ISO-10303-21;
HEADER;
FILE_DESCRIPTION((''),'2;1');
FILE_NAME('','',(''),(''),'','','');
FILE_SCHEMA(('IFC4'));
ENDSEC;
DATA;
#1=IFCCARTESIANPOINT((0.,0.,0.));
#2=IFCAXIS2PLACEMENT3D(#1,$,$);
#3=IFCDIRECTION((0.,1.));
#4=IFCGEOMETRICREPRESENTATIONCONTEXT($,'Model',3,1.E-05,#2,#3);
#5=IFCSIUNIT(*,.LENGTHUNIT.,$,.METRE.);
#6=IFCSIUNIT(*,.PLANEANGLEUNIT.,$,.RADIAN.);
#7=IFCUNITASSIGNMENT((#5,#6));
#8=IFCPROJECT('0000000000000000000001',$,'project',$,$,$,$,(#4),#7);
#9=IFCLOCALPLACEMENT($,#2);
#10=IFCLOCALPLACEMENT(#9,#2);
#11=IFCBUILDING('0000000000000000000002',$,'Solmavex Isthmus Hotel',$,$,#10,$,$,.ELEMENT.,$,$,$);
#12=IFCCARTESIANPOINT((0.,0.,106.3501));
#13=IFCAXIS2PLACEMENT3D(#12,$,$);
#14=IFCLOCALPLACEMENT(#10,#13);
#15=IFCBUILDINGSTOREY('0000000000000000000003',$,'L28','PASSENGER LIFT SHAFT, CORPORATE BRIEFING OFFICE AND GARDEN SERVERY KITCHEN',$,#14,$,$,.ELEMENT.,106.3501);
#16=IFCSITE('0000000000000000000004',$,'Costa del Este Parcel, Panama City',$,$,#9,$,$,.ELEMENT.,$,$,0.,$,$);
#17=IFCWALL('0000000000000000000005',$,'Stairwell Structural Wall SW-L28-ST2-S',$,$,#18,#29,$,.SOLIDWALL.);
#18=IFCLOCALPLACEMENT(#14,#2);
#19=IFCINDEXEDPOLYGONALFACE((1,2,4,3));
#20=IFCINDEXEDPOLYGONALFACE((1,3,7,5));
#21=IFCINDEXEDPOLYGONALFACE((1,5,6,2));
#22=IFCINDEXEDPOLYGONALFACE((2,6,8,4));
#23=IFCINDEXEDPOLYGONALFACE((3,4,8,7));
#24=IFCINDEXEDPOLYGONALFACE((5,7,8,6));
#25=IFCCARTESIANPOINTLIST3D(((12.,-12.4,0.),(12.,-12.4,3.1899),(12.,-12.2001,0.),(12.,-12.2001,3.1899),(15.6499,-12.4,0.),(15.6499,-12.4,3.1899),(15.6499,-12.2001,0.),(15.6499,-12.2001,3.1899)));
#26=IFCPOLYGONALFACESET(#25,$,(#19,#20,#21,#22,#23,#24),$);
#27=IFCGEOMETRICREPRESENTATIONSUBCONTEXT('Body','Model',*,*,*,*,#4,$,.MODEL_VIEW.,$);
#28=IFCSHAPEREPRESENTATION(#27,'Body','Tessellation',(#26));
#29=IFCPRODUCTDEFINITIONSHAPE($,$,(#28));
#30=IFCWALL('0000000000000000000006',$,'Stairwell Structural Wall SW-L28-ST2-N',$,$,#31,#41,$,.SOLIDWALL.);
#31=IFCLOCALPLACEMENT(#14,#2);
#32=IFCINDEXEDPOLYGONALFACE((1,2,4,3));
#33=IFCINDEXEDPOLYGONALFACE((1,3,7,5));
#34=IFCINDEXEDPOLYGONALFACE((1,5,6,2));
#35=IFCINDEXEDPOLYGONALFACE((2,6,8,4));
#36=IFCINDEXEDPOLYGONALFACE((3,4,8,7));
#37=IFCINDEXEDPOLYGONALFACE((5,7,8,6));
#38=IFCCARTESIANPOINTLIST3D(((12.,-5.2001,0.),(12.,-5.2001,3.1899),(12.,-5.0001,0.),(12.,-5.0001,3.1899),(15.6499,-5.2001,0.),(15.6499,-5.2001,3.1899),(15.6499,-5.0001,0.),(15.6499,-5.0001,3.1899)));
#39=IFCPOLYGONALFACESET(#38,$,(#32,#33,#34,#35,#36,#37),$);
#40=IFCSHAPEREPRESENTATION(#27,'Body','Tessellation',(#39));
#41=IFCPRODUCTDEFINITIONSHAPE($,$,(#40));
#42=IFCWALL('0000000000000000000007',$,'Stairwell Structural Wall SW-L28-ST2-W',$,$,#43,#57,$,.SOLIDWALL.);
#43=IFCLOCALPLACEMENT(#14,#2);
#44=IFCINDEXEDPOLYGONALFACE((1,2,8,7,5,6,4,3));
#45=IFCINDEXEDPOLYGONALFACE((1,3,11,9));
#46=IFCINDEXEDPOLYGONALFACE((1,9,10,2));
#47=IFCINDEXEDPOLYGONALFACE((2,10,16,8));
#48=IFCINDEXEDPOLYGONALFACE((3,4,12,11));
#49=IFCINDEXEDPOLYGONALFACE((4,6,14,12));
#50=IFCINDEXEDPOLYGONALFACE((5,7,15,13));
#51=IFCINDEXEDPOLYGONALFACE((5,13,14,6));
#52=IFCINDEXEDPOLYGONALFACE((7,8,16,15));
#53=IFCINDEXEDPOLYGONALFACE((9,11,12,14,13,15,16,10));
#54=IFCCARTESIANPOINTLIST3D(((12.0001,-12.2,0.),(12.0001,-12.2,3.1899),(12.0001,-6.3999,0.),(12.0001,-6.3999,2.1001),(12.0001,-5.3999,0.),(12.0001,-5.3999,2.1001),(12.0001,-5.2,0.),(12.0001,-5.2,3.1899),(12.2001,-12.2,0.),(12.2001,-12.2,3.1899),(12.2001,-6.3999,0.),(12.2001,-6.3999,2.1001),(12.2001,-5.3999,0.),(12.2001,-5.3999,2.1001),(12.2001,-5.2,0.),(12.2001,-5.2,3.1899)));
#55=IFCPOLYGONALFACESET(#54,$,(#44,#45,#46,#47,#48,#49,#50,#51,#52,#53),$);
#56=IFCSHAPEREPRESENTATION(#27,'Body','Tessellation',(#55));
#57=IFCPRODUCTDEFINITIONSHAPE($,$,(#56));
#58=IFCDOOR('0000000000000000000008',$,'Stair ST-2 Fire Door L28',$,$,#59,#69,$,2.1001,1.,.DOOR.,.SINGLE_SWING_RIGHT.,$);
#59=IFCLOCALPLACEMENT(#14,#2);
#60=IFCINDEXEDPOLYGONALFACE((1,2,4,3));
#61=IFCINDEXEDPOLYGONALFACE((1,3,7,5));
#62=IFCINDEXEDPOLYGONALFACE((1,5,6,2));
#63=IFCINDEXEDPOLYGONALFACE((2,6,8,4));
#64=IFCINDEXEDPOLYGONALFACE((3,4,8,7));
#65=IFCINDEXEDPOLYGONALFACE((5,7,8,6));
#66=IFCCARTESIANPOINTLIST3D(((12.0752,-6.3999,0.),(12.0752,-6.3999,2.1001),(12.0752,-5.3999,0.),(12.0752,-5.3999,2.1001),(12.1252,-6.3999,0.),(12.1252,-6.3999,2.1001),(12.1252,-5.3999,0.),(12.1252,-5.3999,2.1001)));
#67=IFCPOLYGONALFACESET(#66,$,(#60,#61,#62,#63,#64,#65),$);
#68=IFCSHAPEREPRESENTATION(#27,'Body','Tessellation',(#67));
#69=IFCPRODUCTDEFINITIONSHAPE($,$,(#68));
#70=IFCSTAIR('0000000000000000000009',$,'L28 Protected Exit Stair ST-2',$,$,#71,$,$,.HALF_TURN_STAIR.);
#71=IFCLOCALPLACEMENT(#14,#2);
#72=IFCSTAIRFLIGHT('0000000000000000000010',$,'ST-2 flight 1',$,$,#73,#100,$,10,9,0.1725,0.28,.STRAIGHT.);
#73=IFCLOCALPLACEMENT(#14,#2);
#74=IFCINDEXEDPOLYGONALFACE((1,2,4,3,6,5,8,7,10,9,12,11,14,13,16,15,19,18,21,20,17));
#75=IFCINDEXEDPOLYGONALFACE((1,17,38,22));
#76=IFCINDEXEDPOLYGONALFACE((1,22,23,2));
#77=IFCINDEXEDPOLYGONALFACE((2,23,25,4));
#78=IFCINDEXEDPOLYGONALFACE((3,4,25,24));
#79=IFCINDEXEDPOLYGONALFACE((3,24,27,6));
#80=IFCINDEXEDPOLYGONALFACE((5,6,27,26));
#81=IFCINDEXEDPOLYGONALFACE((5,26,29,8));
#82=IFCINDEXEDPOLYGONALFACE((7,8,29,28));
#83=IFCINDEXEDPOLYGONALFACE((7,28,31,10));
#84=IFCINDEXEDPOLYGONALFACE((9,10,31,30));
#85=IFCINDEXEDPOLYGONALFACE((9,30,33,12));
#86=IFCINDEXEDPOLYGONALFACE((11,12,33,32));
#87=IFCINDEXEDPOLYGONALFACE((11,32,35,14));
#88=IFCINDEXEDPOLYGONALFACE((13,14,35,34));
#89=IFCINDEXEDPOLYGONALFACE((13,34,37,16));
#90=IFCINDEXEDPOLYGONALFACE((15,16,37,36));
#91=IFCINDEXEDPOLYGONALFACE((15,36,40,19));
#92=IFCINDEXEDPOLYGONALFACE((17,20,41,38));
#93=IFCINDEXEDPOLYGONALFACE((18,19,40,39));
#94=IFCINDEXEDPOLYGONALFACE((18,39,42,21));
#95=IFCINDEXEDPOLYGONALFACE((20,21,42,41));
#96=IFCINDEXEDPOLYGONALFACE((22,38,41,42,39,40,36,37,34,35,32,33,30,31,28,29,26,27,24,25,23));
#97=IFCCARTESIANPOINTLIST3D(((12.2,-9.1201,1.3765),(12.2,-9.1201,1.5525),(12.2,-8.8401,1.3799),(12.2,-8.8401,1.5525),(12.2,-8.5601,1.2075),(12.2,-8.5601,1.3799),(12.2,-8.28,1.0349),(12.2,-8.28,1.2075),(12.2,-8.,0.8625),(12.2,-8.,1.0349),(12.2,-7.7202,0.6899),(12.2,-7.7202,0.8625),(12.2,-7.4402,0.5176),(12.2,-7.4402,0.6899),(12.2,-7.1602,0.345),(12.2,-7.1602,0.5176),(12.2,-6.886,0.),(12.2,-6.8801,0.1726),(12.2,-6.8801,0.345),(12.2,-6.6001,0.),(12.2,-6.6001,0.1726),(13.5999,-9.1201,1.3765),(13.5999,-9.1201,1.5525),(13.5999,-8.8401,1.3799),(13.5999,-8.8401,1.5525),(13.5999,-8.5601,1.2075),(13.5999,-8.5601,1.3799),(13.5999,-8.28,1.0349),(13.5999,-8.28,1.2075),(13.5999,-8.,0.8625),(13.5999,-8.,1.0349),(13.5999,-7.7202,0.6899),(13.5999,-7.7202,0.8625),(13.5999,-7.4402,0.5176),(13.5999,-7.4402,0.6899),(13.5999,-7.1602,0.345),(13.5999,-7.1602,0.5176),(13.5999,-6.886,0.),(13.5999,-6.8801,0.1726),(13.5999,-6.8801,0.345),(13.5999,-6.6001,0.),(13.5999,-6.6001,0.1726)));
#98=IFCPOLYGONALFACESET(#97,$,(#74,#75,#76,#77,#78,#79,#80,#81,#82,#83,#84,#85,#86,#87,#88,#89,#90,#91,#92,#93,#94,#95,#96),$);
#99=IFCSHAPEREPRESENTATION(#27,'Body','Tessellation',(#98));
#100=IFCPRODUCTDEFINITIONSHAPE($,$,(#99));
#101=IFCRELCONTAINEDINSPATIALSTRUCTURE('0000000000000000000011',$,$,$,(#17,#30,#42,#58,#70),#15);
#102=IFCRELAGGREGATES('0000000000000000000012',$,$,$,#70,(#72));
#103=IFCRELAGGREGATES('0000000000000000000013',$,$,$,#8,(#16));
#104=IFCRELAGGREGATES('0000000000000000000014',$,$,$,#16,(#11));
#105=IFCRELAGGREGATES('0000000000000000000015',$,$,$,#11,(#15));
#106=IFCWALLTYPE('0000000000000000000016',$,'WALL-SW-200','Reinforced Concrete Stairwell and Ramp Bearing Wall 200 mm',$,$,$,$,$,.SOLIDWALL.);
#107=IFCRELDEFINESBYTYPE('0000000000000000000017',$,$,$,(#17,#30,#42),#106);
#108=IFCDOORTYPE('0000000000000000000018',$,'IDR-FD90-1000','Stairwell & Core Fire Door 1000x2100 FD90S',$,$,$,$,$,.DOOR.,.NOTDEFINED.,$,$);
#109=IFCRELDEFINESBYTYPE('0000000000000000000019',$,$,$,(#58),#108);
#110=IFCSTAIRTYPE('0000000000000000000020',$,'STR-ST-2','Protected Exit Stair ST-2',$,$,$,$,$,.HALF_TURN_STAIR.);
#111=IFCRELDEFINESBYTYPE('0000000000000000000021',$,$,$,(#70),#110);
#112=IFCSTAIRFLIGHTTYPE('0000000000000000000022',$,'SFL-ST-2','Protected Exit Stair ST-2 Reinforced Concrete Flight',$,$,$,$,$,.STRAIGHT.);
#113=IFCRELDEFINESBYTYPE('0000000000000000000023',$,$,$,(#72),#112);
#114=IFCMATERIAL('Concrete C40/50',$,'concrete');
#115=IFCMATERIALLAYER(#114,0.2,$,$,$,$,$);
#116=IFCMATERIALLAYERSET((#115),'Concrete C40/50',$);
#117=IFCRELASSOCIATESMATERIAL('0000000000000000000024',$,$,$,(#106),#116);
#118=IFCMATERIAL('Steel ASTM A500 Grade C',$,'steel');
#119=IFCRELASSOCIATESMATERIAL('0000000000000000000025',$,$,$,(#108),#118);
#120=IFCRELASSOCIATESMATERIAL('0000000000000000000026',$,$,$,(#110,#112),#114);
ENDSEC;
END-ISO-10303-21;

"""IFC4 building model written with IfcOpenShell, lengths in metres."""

from ifc_helpers import new_model, si_unit, direction, frame, frame_2d, origin, place, context, subcontext, project, spatial, polyline, rectangle, outline, extrude, material, layer, layer_set, type_object, element, fill, aggregate, save


model = new_model("IFC4")

# Units and contexts
model_context = context("Model", 3, precision=1e-05, world=origin(), true_north=direction((0.0, 1.0)))
body_context = subcontext(model_context, "Body", "Model", "MODEL_VIEW")
ifc_project = project(units=[si_unit("LENGTHUNIT", "METRE"), si_unit("PLANEANGLEUNIT", "RADIAN")], contexts=[model_context])

# Site, building, storey
site_placement = place(None, origin())
site = spatial("IfcSite", under=ifc_project, at=site_placement, Name="Costa del Este Parcel, Panama City", CompositionType="ELEMENT", RefElevation=0.0)
building_placement = place(site_placement, origin())
building = spatial("IfcBuilding", under=site, at=building_placement, Name="Solmavex Isthmus Hotel", CompositionType="ELEMENT")
storey_placement = place(building_placement, frame((0.0, 0.0, 106.3501)))
storey = spatial("IfcBuildingStorey", under=building, at=storey_placement, Name="L28", Description="PASSENGER LIFT SHAFT, CORPORATE BRIEFING OFFICE AND GARDEN SERVERY KITCHEN", CompositionType="ELEMENT", Elevation=106.3501)

# Shared definitions
ifc_material_1 = material(Name="Steel ASTM A500 Grade C", Category="steel")

# Shared definitions
ifc_material_2 = material(Name="Concrete C40/50", Category="concrete")

# Walls
ifc_layer_1 = layer(ifc_material_2, 0.2)
ifc_layer_set_1 = layer_set([ifc_layer_1], Name="Concrete C40/50")
wall_type_1 = type_object("IfcWallType", Name="WALL-SW-200", Description="Reinforced Concrete Stairwell and Ramp Bearing Wall 200 mm", PredefinedType="SOLIDWALL", material=ifc_layer_set_1)
for number, where, z_axis, x_axis, name in (
    (1, (12.0, -12.3, 0.0), (0.0, 0.0, 1.0), (1.0, 0.0, 0.0), "Stairwell Structural Wall SW-L28-ST2-S"),
    (2, (12.0, -5.1001, 0.0), (0.0, 0.0, 1.0), (1.0, 0.0, 0.0), "Stairwell Structural Wall SW-L28-ST2-N"),
):
    element("IfcWall", number, at=place(storey_placement, frame(where, z_axis=z_axis, x_axis=x_axis)), inside=storey, type_object=wall_type_1, Name=name, PredefinedType="SOLIDWALL", context=body_context, shape_type="SweptSolid", body=[
        extrude(rectangle(XDim=3.6499, YDim=0.2, at=frame_2d((1.825, 0.0))), origin(), (0.0, 0.0, 1.0), 3.1899),
    ])

# Wall, opening, door
wall_1_placement = place(storey_placement, frame((12.1001, -12.2, 0.0), z_axis=(0.0, 0.0, 1.0), x_axis=(0.0, 1.0, 0.0)))
wall_1 = element("IfcWall", 3, at=wall_1_placement, inside=storey, type_object=wall_type_1, Name="Stairwell Structural Wall SW-L28-ST2-W", PredefinedType="SOLIDWALL", context=body_context, shape_type="SweptSolid", body=[
    extrude(rectangle(XDim=7.0, YDim=0.2, at=frame_2d((3.5, 0.0))), origin(), (0.0, 0.0, 1.0), 3.1899),
])
opening_1_placement = place(wall_1_placement, frame((5.8, 0.0, 0.0)))
opening_1 = element("IfcOpeningElement", 4, at=opening_1_placement, cuts=wall_1, PredefinedType="OPENING", context=body_context, shape_type="SweptSolid", body=[
    extrude(rectangle(XDim=1.0, YDim=2.1001, at=frame_2d((0.5, 1.05))), frame((0.0, 0.1099, 0.0), z_axis=(0.0, -1.0, 0.0), x_axis=(1.0, 0.0, 0.0)), (0.0, 0.0, 1.0), 0.22),
])
door_type_1 = type_object("IfcDoorType", Name="IDR-FD90-1000", Description="Stairwell & Core Fire Door 1000x2100 FD90S", OperationType="NOTDEFINED", PredefinedType="DOOR", material=ifc_material_1)
door_1_placement = place(opening_1_placement, origin())
door_1 = element("IfcDoor", 5, at=door_1_placement, inside=storey, type_object=door_type_1, Name="Stair ST-2 Fire Door L28", OperationType="SINGLE_SWING_RIGHT", OverallHeight=2.1001, OverallWidth=1.0, PredefinedType="DOOR", context=body_context, shape_type="SweptSolid", body=[
    extrude(rectangle(XDim=1.0, YDim=2.1001, at=frame_2d((0.5, 1.05))), frame((0.0, 0.0249, 0.0), z_axis=(0.0, -1.0, 0.0), x_axis=(1.0, 0.0, 0.0)), (0.0, 0.0, 1.0), 0.05),
])
fill(opening_1, door_1)

# Stair, stair flight
stair_type = type_object("IfcStairType", Name="STR-ST-2", Description="Protected Exit Stair ST-2", PredefinedType="HALF_TURN_STAIR", material=ifc_material_2)
stair_placement = place(storey_placement, origin())
stair = element("IfcStair", 6, at=stair_placement, inside=storey, type_object=stair_type, Name="L28 Protected Exit Stair ST-2", PredefinedType="HALF_TURN_STAIR")
stair_flight_type = type_object("IfcStairFlightType", Name="SFL-ST-2", Description="Protected Exit Stair ST-2 Reinforced Concrete Flight", PredefinedType="STRAIGHT", material=ifc_material_2)
stair_flight_placement = place(storey_placement, frame((12.8999, -6.6001, 0.0), z_axis=(0.0, 0.0, 1.0), x_axis=(0.0, -1.0, 0.0)))
stair_flight = element("IfcStairFlight", 7, at=stair_flight_placement, type_object=stair_flight_type, Name="ST-2 flight 1", NumberOfRisers=10, NumberOfTreads=9, PredefinedType="STRAIGHT", RiserHeight=0.1725, TreadLength=0.28, context=body_context, shape_type="SweptSolid", body=[
    extrude(outline(polyline([(0.0, 0.0), (0.0, 0.1726), (0.28, 0.1726), (0.28, 0.345), (0.5601, 0.345), (0.5601, 0.5176), (0.8401, 0.5176), (0.8401, 0.6899), (1.1201, 0.6899), (1.1201, 0.8625), (1.3999, 0.8625), (1.3999, 1.0349), (1.6799, 1.0349), (1.6799, 1.2075), (1.96, 1.2075), (1.96, 1.3799), (2.24, 1.3799), (2.24, 1.5525), (2.52, 1.5525), (2.52, 1.7251), (2.52, 1.3765), (0.2859, 0.0), (0.0, 0.0)])), frame((0.0, 0.7, 0.0), z_axis=(0.0, -1.0, 0.0), x_axis=(1.0, 0.0, 0.0)), (0.0, 0.0, 1.0), 1.3999),
])
aggregate(stair, [stair_flight])

save(model, "model.ifc")
